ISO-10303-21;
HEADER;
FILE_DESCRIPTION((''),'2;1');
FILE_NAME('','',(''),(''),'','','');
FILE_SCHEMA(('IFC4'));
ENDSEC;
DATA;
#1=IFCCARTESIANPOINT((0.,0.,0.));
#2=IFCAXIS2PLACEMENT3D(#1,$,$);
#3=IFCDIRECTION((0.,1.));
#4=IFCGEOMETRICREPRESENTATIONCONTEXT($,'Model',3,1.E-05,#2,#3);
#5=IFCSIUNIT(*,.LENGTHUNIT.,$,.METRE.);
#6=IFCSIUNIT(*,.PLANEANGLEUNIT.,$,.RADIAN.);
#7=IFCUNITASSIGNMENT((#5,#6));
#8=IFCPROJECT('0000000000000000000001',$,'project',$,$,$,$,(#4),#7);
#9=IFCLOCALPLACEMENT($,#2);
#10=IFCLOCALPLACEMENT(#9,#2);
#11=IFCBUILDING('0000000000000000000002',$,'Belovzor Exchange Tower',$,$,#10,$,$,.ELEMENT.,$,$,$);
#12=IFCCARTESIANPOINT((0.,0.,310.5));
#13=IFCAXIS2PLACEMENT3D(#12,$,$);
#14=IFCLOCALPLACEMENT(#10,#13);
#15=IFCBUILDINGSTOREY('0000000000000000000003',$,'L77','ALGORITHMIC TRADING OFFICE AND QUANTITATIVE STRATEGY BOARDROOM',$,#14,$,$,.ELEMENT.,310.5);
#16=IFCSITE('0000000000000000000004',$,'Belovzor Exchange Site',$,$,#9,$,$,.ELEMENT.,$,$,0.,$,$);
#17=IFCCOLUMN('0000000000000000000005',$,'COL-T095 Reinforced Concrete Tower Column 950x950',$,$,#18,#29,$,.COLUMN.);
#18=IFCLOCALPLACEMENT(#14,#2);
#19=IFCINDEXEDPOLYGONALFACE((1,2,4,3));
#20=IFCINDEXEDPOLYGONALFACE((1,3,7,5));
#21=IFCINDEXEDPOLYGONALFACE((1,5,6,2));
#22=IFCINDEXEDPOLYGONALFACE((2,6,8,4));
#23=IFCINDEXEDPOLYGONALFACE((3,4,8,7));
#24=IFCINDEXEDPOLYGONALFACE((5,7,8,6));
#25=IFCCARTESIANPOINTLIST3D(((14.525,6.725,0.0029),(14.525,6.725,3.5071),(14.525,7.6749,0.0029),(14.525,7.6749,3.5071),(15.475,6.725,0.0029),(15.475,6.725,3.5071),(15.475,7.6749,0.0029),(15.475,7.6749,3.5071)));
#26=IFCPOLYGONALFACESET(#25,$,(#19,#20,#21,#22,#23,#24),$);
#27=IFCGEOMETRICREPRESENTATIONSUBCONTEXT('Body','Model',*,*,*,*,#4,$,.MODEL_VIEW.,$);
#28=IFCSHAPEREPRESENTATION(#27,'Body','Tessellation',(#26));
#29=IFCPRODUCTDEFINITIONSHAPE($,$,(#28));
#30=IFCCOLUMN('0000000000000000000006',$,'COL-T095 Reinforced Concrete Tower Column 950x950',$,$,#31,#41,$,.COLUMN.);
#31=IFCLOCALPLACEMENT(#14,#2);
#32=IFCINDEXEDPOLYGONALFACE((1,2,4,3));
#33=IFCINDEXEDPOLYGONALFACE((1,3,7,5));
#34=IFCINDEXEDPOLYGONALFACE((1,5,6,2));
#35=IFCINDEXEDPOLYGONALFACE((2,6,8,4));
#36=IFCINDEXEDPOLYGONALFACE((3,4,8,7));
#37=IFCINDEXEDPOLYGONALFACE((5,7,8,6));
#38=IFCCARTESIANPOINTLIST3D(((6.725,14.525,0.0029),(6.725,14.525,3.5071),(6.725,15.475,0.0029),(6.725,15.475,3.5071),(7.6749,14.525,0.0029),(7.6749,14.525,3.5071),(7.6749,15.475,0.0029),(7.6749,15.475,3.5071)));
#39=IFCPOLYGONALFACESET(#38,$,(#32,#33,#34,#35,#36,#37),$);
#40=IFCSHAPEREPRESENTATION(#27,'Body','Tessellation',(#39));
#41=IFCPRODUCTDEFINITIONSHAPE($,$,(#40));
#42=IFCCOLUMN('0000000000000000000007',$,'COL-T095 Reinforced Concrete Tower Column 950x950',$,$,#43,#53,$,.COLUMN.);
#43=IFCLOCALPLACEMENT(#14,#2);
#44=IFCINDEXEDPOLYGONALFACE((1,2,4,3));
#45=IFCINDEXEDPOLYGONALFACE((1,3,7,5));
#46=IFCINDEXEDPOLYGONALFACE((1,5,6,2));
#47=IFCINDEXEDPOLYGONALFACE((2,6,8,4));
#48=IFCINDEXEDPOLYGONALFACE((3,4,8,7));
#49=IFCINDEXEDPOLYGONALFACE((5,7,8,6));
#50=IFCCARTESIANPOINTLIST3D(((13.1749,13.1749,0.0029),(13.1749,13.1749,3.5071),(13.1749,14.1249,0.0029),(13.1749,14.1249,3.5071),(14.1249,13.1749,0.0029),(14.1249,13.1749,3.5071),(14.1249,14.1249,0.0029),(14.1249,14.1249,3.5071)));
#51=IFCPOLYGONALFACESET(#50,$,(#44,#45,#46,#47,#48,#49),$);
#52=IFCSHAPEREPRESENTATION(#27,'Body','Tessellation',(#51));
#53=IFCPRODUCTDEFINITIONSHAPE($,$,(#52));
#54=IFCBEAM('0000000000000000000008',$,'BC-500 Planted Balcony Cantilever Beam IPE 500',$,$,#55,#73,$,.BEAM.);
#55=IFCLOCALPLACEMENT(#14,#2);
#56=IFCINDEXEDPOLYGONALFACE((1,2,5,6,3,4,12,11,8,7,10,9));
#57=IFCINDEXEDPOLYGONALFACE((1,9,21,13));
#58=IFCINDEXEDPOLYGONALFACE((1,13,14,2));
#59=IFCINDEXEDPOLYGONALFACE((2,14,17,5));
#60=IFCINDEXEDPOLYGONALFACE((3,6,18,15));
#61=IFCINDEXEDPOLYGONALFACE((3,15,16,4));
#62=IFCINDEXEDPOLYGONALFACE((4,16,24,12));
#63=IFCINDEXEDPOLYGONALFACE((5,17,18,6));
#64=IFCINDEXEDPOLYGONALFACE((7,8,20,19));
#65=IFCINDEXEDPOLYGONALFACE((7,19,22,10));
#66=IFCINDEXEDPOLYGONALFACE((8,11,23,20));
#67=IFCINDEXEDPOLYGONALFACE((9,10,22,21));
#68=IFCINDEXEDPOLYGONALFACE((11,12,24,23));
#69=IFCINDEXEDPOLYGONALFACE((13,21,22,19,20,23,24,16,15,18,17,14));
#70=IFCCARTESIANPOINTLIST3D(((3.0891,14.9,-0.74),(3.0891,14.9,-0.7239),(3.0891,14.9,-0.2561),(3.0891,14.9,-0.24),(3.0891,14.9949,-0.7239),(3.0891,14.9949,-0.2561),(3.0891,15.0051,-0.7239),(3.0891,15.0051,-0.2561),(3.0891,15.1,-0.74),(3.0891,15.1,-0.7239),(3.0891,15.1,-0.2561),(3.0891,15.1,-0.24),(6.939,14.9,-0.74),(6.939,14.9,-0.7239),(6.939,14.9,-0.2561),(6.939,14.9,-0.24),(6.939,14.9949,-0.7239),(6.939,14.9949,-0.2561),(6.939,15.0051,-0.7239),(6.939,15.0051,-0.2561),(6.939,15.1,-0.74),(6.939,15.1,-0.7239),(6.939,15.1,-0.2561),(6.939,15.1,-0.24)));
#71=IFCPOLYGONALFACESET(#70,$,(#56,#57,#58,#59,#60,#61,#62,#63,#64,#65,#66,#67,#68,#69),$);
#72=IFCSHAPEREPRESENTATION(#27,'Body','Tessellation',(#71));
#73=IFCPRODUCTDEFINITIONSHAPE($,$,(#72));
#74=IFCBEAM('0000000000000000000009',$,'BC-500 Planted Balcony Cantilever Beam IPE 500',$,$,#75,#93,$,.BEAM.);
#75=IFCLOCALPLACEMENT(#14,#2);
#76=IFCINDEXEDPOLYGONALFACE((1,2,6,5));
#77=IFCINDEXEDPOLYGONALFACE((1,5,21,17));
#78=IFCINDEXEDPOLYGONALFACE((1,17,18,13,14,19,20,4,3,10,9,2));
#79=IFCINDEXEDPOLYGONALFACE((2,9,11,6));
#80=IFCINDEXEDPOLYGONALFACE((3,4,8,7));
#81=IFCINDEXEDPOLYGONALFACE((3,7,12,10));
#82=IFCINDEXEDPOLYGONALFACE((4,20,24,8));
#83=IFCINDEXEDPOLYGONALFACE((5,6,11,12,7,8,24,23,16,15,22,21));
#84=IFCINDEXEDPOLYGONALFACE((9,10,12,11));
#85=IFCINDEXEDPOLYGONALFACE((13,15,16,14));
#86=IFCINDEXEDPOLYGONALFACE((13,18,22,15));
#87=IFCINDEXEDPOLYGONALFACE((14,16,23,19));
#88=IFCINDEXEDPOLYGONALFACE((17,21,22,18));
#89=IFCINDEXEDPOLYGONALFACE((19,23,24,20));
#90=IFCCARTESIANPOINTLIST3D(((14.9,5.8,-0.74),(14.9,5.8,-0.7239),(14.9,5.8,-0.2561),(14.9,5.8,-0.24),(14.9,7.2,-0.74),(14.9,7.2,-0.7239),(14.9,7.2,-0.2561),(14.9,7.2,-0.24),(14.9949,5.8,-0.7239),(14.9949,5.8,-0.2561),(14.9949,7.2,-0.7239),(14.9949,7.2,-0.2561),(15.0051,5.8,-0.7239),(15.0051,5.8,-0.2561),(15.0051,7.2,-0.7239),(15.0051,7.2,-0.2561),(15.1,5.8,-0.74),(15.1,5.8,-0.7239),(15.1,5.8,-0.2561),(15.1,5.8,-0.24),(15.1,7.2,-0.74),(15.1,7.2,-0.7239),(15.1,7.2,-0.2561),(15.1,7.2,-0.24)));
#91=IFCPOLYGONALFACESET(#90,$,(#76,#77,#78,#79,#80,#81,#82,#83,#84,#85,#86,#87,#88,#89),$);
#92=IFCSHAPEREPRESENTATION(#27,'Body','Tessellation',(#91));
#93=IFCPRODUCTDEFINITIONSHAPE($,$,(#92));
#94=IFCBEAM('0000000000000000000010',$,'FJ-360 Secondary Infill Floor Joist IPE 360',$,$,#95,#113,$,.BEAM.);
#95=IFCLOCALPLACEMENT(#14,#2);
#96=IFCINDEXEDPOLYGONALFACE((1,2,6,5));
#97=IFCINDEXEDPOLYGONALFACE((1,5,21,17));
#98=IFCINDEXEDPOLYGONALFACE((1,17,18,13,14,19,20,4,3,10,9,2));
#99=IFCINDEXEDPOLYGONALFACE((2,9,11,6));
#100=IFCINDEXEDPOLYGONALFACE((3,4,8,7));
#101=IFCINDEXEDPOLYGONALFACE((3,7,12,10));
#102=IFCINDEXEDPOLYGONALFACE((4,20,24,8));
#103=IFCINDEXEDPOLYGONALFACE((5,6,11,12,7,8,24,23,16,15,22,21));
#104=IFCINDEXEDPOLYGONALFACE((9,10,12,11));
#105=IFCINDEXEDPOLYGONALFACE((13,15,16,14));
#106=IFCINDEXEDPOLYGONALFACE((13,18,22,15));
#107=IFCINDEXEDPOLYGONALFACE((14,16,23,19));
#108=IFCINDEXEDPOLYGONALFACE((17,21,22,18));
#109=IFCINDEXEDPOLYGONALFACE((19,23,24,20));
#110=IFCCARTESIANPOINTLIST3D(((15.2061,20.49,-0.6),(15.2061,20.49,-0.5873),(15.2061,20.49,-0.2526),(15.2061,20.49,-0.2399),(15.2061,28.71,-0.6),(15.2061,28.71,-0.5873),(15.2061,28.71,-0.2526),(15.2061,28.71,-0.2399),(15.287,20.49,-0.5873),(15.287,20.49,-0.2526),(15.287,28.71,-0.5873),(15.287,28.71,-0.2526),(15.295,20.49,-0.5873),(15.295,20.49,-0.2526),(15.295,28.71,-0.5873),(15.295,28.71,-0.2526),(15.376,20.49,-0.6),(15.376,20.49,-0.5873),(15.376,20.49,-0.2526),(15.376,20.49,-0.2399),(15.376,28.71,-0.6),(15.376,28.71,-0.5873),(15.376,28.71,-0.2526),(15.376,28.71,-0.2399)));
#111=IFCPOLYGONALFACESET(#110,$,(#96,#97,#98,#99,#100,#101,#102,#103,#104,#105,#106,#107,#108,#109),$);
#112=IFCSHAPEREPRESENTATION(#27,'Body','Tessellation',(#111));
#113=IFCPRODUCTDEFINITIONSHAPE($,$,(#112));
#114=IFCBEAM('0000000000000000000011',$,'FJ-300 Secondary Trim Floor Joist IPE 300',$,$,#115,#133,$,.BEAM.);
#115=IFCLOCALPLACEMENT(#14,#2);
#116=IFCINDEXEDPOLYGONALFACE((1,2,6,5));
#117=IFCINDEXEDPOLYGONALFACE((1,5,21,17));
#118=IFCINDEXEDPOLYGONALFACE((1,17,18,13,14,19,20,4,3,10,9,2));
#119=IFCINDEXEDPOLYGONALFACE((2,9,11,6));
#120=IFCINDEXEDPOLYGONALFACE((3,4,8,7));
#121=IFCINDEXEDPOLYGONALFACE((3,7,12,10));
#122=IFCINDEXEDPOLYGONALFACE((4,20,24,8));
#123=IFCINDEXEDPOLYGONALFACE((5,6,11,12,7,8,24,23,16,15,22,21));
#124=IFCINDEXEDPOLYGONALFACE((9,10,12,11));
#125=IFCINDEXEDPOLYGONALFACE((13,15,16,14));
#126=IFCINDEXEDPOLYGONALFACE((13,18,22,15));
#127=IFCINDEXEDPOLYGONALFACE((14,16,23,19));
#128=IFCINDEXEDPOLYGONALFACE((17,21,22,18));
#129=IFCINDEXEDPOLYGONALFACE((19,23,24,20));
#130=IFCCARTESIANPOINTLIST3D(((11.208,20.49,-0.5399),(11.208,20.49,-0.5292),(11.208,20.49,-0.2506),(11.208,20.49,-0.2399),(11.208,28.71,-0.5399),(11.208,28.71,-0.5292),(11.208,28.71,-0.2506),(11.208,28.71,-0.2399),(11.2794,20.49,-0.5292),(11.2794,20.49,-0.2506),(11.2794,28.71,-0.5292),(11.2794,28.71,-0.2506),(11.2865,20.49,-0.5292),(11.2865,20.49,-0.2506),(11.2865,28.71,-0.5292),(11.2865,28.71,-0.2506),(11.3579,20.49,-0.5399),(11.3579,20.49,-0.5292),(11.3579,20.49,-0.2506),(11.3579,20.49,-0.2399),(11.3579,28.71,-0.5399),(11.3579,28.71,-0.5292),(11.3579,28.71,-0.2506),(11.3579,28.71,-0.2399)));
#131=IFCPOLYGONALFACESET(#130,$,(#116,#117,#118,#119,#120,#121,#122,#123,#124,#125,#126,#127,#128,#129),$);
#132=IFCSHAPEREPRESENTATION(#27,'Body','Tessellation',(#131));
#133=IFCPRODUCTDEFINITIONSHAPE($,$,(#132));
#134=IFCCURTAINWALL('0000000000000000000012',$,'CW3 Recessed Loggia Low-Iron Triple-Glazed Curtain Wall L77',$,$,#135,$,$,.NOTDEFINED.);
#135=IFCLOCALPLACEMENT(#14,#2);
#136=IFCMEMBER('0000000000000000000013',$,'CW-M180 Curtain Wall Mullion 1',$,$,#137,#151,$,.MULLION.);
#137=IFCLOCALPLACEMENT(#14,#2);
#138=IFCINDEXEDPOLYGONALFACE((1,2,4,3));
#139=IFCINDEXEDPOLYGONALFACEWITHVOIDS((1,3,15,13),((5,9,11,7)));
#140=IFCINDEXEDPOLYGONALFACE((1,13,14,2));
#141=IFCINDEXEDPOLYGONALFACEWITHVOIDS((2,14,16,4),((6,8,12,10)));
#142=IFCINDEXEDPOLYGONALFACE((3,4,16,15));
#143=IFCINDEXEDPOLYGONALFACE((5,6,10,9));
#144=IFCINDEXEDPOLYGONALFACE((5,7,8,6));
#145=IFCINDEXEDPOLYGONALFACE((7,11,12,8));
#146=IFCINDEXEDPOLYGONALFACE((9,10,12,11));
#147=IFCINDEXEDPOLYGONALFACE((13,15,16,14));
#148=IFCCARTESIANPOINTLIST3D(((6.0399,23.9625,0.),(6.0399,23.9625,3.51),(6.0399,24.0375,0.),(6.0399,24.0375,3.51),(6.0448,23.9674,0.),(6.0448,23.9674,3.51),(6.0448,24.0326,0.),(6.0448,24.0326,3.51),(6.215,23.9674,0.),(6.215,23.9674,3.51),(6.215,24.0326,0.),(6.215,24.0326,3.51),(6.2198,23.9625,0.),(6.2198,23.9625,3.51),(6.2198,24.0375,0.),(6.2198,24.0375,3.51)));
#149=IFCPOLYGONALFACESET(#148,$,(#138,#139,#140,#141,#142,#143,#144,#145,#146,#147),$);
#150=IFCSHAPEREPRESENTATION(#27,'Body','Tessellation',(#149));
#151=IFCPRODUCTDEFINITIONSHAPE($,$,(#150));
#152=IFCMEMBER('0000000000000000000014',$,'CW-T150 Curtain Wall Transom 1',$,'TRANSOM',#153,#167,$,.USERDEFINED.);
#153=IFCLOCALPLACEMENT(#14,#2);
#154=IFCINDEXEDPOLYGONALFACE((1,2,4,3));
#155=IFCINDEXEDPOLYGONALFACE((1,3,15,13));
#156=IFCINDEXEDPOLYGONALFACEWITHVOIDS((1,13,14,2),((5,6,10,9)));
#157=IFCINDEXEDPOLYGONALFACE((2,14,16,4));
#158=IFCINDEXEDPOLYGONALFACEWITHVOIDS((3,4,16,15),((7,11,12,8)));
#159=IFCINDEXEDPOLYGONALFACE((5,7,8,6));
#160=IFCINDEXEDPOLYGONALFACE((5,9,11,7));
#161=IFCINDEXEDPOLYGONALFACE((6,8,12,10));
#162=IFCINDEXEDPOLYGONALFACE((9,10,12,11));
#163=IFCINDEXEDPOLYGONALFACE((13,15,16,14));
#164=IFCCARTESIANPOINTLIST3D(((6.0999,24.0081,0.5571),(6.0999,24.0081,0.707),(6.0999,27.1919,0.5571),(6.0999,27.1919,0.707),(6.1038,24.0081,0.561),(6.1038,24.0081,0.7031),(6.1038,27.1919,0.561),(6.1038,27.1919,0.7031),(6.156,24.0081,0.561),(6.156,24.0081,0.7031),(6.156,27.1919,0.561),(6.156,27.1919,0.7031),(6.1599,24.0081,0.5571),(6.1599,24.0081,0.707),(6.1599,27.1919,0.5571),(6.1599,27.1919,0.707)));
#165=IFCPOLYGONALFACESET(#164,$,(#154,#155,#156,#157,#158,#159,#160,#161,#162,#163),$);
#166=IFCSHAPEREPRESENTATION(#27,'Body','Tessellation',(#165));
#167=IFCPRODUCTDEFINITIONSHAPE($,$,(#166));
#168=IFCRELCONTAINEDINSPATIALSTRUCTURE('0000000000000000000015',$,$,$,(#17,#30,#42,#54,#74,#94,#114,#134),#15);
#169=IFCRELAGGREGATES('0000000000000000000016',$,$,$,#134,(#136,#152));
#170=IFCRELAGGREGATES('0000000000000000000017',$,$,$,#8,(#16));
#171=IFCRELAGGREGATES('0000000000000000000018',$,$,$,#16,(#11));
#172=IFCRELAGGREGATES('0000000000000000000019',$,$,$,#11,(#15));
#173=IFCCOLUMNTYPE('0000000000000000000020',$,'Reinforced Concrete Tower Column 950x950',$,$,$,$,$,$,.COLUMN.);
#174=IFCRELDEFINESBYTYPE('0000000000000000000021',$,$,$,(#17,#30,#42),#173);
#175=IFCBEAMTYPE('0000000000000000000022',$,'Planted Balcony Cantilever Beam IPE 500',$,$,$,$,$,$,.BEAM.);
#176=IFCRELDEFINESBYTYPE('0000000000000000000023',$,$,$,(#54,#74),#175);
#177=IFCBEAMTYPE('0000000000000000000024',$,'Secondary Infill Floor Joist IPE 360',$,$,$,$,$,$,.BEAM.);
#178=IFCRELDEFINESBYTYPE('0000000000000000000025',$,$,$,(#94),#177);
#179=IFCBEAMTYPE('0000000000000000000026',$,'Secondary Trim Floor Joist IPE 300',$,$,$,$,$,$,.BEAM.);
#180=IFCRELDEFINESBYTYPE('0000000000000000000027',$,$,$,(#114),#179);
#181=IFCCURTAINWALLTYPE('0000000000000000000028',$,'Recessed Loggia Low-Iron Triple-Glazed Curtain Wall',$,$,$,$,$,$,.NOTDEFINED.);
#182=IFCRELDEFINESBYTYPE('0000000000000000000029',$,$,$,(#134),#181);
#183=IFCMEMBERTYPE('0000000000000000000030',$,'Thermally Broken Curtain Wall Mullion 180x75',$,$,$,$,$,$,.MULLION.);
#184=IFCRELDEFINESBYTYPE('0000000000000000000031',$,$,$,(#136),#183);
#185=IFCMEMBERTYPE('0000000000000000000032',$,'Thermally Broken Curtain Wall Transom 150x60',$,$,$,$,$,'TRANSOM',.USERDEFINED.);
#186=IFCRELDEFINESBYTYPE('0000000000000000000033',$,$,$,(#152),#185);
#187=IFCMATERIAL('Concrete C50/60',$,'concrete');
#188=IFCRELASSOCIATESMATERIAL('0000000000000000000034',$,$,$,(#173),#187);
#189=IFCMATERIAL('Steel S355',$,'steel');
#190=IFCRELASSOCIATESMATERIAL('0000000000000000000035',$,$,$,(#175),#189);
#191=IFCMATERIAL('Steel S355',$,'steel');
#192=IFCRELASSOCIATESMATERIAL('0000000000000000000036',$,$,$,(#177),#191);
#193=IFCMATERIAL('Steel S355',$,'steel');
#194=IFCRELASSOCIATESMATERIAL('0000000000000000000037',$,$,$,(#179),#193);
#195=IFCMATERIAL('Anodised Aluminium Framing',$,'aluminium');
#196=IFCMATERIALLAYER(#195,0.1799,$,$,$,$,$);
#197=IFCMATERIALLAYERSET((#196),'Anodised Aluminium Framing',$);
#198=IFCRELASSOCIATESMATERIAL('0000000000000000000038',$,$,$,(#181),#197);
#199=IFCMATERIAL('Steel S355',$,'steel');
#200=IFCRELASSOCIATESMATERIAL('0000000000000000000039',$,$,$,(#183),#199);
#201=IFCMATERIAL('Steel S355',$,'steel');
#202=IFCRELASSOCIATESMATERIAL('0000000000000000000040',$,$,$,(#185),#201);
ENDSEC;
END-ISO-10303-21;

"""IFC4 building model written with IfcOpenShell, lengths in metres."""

from ifc_helpers import new_model, si_unit, direction, frame, origin, origin_2d, place, context, subcontext, project, spatial, rectangle, hollow_rectangle, i_section, extrude, material, layer, layer_set, material_profile, profile_set, type_object, element, aggregate, save


model = new_model("IFC4")

# Units and contexts
model_context = context("Model", 3, precision=1e-05, world=origin(), true_north=direction((0.0, 1.0)))
body_context = subcontext(model_context, "Body", "Model", "MODEL_VIEW")
ifc_project = project(units=[si_unit("LENGTHUNIT", "METRE"), si_unit("PLANEANGLEUNIT", "RADIAN")], contexts=[model_context])

# Site, building, storey
site_placement = place(None, origin())
site = spatial("IfcSite", under=ifc_project, at=site_placement, Name="Belovzor Exchange Site", CompositionType="ELEMENT", RefElevation=0.0)
building_placement = place(site_placement, origin())
building = spatial("IfcBuilding", under=site, at=building_placement, Name="Belovzor Exchange Tower", CompositionType="ELEMENT")
storey_placement = place(building_placement, frame((0.0, 0.0, 310.5)))
storey = spatial("IfcBuildingStorey", under=building, at=storey_placement, Name="L77", Description="ALGORITHMIC TRADING OFFICE AND QUANTITATIVE STRATEGY BOARDROOM", CompositionType="ELEMENT", Elevation=310.5)

# Columns
ifc_material_1 = material(Name="Concrete C50/60", Category="concrete")
ifc_material_profile_1 = material_profile(ifc_material_1, rectangle(XDim=0.95, YDim=0.95, at=origin_2d()))
ifc_profile_set_1 = profile_set([ifc_material_profile_1], Name="Concrete C50/60")
column_type = type_object("IfcColumnType", Name="Reinforced Concrete Tower Column 950x950", PredefinedType="COLUMN", material=ifc_profile_set_1)
for number, where, z_axis, x_axis, name in (
    (1, (15.0, 7.2, 0.0029), (0.0, 0.0, 1.0), (1.0, 0.0, 0.0), "COL-T095 Reinforced Concrete Tower Column 950x950"),
    (2, (7.2, 15.0, 0.0029), (0.0, 0.0, 1.0), (1.0, 0.0, 0.0), "COL-T095 Reinforced Concrete Tower Column 950x950"),
    (3, (13.6499, 13.6499, 0.0029), (0.0, 0.0, 1.0), (1.0, 0.0, 0.0), "COL-T095 Reinforced Concrete Tower Column 950x950"),
):
    element("IfcColumn", number, at=place(storey_placement, frame(where, z_axis=z_axis, x_axis=x_axis)), inside=storey, type_object=column_type, Name=name, PredefinedType="COLUMN", context=body_context, shape_type="SweptSolid", body=[
        extrude(rectangle(XDim=0.95, YDim=0.95, at=origin_2d()), origin(), (0.0, 0.0, 1.0), 3.5042),
    ])

# Beams
ifc_material_2 = material(Name="Steel S355", Category="steel")
ifc_material_profile_2 = material_profile(ifc_material_2, i_section(OverallWidth=0.2, OverallDepth=0.5, WebThickness=0.0103, FlangeThickness=0.0161, at=origin_2d()))
ifc_profile_set_2 = profile_set([ifc_material_profile_2], Name="Steel S355")
beam_type_1 = type_object("IfcBeamType", Name="Planted Balcony Cantilever Beam IPE 500", PredefinedType="BEAM", material=ifc_profile_set_2)
beam_1_placement = place(storey_placement, frame((6.939, 15.0, -0.49), z_axis=(-1.0, 0.0, 0.0), x_axis=(0.0, -1.0, 0.0)))
element("IfcBeam", 4, at=beam_1_placement, inside=storey, type_object=beam_type_1, Name="BC-500 Planted Balcony Cantilever Beam IPE 500", PredefinedType="BEAM", context=body_context, shape_type="SweptSolid", body=[
    extrude(i_section(OverallWidth=0.2, OverallDepth=0.5, WebThickness=0.0103, FlangeThickness=0.0161, at=origin_2d()), origin(), (0.0, 0.0, 1.0), 3.8499),
])
beam_2_placement = place(storey_placement, frame((15.0, 7.2, -0.49), z_axis=(0.0, -1.0, 0.0), x_axis=(1.0, 0.0, 0.0)))
element("IfcBeam", 5, at=beam_2_placement, inside=storey, type_object=beam_type_1, Name="BC-500 Planted Balcony Cantilever Beam IPE 500", PredefinedType="BEAM", context=body_context, shape_type="SweptSolid", body=[
    extrude(i_section(OverallWidth=0.2, OverallDepth=0.5, WebThickness=0.0103, FlangeThickness=0.0161, at=origin_2d()), origin(), (0.0, 0.0, 1.0), 1.3999),
])
ifc_material_3 = material(Name="Steel S355", Category="steel")
ifc_material_profile_3 = material_profile(ifc_material_3, i_section(OverallWidth=0.1699, OverallDepth=0.3601, WebThickness=0.0081, FlangeThickness=0.0127, at=origin_2d()))
ifc_profile_set_3 = profile_set([ifc_material_profile_3], Name="Steel S355")
beam_type_2 = type_object("IfcBeamType", Name="Secondary Infill Floor Joist IPE 360", PredefinedType="BEAM", material=ifc_profile_set_3)
beam_3_placement = place(storey_placement, frame((15.291, 20.49, -0.4199), z_axis=(0.0, 1.0, 0.0), x_axis=(-1.0, 0.0, 0.0)))
element("IfcBeam", 6, at=beam_3_placement, inside=storey, type_object=beam_type_2, Name="FJ-360 Secondary Infill Floor Joist IPE 360", PredefinedType="BEAM", context=body_context, shape_type="SweptSolid", body=[
    extrude(i_section(OverallWidth=0.1699, OverallDepth=0.3601, WebThickness=0.0081, FlangeThickness=0.0127, at=origin_2d()), origin(), (0.0, 0.0, 1.0), 8.22),
])
ifc_material_4 = material(Name="Steel S355", Category="steel")
ifc_material_profile_4 = material_profile(ifc_material_4, i_section(OverallWidth=0.1499, OverallDepth=0.3, WebThickness=0.0071, FlangeThickness=0.0107, at=origin_2d()))
ifc_profile_set_4 = profile_set([ifc_material_profile_4], Name="Steel S355")
beam_type_3 = type_object("IfcBeamType", Name="Secondary Trim Floor Joist IPE 300", PredefinedType="BEAM", material=ifc_profile_set_4)
beam_4_placement = place(storey_placement, frame((11.283, 20.49, -0.3899), z_axis=(0.0, 1.0, 0.0), x_axis=(-1.0, 0.0, 0.0)))
element("IfcBeam", 7, at=beam_4_placement, inside=storey, type_object=beam_type_3, Name="FJ-300 Secondary Trim Floor Joist IPE 300", PredefinedType="BEAM", context=body_context, shape_type="SweptSolid", body=[
    extrude(i_section(OverallWidth=0.1499, OverallDepth=0.3, WebThickness=0.0071, FlangeThickness=0.0107, at=origin_2d()), origin(), (0.0, 0.0, 1.0), 8.22),
])

# Curtain wall, members
ifc_material_5 = material(Name="Anodised Aluminium Framing", Category="aluminium")
ifc_layer_1 = layer(ifc_material_5, 0.1799)
ifc_layer_set_1 = layer_set([ifc_layer_1], Name="Anodised Aluminium Framing")
curtain_wall_type = type_object("IfcCurtainWallType", Name="Recessed Loggia Low-Iron Triple-Glazed Curtain Wall", PredefinedType="NOTDEFINED", material=ifc_layer_set_1)
curtain_wall_placement = place(storey_placement, origin())
curtain_wall = element("IfcCurtainWall", 8, at=curtain_wall_placement, inside=storey, type_object=curtain_wall_type, Name="CW3 Recessed Loggia Low-Iron Triple-Glazed Curtain Wall L77", PredefinedType="NOTDEFINED")
ifc_material_6 = material(Name="Steel S355", Category="steel")
ifc_material_profile_5 = material_profile(ifc_material_6, hollow_rectangle(XDim=0.075, YDim=0.1799, WallThickness=0.0049, at=origin_2d()))
ifc_profile_set_5 = profile_set([ifc_material_profile_5], Name="Steel S355")
member_type_1 = type_object("IfcMemberType", Name="Thermally Broken Curtain Wall Mullion 180x75", PredefinedType="MULLION", material=ifc_profile_set_5)
member_1_placement = place(storey_placement, frame((6.1299, 24.0, 0.0), z_axis=(0.0, 0.0, 1.0), x_axis=(0.0, 1.0, 0.0)))
member_1 = element("IfcMember", 9, at=member_1_placement, type_object=member_type_1, Name="CW-M180 Curtain Wall Mullion 1", PredefinedType="MULLION", context=body_context, shape_type="SweptSolid", body=[
    extrude(hollow_rectangle(XDim=0.075, YDim=0.1799, WallThickness=0.0049, at=origin_2d()), origin(), (0.0, 0.0, 1.0), 3.51),
])
ifc_material_7 = material(Name="Steel S355", Category="steel")
ifc_material_profile_6 = material_profile(ifc_material_7, hollow_rectangle(XDim=0.0601, YDim=0.1499, WallThickness=0.0039, at=origin_2d()))
ifc_profile_set_6 = profile_set([ifc_material_profile_6], Name="Steel S355")
member_type_2 = type_object("IfcMemberType", Name="Thermally Broken Curtain Wall Transom 150x60", ElementType="TRANSOM", PredefinedType="USERDEFINED", material=ifc_profile_set_6)
member_2_placement = place(storey_placement, frame((6.1299, 24.0081, 0.6321), z_axis=(0.0, 1.0, 0.0), x_axis=(-1.0, 0.0, 0.0)))
member_2 = element("IfcMember", 10, at=member_2_placement, type_object=member_type_2, Name="CW-T150 Curtain Wall Transom 1", ObjectType="TRANSOM", PredefinedType="USERDEFINED", context=body_context, shape_type="SweptSolid", body=[
    extrude(hollow_rectangle(XDim=0.0601, YDim=0.1499, WallThickness=0.0039, at=origin_2d()), origin(), (0.0, 0.0, 1.0), 3.1838),
])

aggregate(curtain_wall, [member_1, member_2])

save(model, "model.ifc")
